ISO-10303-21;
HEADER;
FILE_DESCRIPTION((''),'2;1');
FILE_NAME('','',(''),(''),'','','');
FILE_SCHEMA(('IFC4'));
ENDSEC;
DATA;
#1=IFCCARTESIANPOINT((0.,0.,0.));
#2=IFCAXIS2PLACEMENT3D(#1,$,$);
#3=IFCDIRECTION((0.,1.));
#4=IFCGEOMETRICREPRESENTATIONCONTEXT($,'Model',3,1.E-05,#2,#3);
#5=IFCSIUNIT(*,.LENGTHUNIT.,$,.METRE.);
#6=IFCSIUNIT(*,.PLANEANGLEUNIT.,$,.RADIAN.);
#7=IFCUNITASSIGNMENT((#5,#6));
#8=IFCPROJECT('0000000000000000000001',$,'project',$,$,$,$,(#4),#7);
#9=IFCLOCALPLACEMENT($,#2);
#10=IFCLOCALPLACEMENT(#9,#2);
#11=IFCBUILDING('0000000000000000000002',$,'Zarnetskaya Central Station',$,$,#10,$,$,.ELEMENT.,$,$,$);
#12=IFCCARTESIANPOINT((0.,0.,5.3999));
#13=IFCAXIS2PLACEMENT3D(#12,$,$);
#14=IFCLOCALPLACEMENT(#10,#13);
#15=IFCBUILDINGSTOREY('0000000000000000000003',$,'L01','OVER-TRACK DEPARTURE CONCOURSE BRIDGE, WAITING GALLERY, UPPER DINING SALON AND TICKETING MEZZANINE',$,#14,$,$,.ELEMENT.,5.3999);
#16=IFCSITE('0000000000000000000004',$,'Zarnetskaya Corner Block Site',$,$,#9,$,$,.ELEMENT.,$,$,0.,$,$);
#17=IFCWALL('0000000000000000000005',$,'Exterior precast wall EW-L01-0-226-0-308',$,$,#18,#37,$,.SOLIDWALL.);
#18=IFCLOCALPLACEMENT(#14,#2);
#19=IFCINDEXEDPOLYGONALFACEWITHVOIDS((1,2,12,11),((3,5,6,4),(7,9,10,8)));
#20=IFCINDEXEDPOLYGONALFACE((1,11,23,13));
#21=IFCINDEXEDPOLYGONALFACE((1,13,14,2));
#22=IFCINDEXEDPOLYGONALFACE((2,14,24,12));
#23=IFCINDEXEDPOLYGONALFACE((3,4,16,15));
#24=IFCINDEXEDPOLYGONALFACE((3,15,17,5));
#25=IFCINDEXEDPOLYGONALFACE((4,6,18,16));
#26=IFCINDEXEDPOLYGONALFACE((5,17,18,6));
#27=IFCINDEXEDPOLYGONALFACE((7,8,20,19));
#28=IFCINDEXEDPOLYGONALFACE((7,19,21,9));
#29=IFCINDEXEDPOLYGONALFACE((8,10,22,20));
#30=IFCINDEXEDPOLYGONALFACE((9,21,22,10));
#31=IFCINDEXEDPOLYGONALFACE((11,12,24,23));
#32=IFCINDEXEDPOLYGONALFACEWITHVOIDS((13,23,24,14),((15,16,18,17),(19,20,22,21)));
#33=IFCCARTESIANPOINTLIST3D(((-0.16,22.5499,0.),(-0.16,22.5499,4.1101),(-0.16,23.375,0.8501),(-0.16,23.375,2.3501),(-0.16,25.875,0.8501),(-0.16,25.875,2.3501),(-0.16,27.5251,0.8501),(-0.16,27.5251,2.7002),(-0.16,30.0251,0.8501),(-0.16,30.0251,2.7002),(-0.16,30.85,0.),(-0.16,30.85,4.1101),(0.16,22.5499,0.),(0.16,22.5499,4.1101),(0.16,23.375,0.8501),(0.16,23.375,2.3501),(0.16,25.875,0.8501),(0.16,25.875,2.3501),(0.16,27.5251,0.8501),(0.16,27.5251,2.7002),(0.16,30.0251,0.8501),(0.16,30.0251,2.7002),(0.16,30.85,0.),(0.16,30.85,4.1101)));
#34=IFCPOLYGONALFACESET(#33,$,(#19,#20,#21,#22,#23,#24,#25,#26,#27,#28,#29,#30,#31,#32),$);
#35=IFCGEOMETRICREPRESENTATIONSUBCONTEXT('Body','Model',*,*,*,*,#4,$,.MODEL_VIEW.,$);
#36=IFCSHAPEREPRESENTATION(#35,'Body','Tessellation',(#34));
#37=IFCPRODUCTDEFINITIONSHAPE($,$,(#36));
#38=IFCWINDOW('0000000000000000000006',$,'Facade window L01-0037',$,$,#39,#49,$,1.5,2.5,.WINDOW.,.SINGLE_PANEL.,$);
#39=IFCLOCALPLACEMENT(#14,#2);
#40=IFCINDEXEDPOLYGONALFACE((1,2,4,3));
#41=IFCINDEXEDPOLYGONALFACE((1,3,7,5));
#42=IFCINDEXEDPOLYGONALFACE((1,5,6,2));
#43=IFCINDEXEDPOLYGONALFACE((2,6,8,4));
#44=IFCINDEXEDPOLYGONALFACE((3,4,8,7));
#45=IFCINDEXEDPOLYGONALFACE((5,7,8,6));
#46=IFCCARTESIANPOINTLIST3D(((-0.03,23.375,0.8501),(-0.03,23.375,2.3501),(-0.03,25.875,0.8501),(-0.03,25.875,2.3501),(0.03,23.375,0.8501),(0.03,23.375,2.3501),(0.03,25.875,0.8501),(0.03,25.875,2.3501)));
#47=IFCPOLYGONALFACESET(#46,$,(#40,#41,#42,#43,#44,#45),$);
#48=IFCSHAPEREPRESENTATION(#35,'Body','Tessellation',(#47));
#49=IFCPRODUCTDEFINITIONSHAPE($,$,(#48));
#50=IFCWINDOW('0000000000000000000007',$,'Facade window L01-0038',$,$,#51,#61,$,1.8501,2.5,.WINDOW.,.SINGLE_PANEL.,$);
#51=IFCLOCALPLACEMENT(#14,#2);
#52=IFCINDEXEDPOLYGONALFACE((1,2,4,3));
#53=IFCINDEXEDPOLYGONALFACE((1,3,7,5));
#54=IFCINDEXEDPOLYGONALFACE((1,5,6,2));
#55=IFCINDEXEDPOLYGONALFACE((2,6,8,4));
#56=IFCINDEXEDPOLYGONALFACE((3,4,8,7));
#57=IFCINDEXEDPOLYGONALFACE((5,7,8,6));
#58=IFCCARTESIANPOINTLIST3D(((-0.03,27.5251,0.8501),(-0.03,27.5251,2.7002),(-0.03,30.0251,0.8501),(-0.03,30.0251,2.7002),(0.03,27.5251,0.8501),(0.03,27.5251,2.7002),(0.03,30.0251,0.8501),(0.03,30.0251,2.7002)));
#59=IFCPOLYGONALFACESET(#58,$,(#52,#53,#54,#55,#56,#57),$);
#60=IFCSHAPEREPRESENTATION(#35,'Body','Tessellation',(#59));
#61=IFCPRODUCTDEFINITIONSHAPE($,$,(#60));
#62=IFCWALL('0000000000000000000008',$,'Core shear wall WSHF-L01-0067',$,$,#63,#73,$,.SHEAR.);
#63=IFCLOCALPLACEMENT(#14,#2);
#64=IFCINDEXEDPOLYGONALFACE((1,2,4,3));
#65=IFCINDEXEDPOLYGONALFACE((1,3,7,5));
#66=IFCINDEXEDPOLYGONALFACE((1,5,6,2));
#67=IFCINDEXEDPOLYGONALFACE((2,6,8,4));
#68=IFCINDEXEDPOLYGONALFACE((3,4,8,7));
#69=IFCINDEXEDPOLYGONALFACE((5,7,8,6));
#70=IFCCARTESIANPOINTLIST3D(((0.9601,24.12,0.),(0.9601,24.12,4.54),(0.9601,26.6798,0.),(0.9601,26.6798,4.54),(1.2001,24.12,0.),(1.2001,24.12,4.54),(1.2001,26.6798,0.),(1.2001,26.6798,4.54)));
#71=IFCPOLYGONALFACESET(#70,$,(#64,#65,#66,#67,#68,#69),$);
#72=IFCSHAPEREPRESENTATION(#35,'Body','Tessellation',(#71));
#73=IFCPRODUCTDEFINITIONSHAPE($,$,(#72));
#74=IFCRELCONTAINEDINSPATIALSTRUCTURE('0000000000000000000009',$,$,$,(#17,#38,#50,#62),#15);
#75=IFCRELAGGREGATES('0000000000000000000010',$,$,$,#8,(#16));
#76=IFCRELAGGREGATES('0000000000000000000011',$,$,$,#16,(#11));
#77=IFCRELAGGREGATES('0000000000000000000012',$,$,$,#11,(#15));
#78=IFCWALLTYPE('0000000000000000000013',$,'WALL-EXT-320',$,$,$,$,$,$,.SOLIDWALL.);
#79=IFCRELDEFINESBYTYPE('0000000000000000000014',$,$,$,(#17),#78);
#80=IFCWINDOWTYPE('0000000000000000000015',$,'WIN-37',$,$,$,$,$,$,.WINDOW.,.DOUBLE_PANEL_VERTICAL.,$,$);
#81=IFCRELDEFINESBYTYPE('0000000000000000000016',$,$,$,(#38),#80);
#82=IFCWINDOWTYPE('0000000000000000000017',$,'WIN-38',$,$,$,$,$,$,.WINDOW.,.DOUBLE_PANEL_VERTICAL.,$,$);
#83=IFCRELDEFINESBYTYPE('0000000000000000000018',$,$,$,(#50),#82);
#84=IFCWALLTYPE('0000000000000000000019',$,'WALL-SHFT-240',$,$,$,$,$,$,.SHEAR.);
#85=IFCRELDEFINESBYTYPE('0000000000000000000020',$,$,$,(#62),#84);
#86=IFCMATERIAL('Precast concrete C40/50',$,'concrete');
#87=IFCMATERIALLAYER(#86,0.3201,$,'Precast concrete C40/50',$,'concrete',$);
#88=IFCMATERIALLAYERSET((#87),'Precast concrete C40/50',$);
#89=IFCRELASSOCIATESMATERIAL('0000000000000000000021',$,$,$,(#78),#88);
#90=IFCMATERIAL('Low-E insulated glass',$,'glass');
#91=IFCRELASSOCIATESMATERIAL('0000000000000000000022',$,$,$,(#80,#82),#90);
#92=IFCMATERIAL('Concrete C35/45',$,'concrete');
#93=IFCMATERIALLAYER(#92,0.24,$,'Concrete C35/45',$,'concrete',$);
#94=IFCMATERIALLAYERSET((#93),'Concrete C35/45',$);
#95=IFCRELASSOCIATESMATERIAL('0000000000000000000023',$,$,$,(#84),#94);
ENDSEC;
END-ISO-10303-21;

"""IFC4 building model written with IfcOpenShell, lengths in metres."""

from ifc_helpers import new_model, si_unit, direction, frame, frame_2d, origin, place, context, subcontext, project, spatial, rectangle, extrude, material, layer, layer_set, type_object, element, fill, save


model = new_model("IFC4")

# Units and contexts
model_context = context("Model", 3, precision=1e-05, world=origin(), true_north=direction((0.0, 1.0)))
body_context = subcontext(model_context, "Body", "Model", "MODEL_VIEW")
ifc_project = project(units=[si_unit("LENGTHUNIT", "METRE"), si_unit("PLANEANGLEUNIT", "RADIAN")], contexts=[model_context])

# Site, building, storey
site_placement = place(None, origin())
site = spatial("IfcSite", under=ifc_project, at=site_placement, Name="Zarnetskaya Corner Block Site", CompositionType="ELEMENT", RefElevation=0.0)
building_placement = place(site_placement, origin())
building = spatial("IfcBuilding", under=site, at=building_placement, Name="Zarnetskaya Central Station", CompositionType="ELEMENT")
storey_placement = place(building_placement, frame((0.0, 0.0, 5.3999)))
storey = spatial("IfcBuildingStorey", under=building, at=storey_placement, Name="L01", Description="OVER-TRACK DEPARTURE CONCOURSE BRIDGE, WAITING GALLERY, UPPER DINING SALON AND TICKETING MEZZANINE", CompositionType="ELEMENT", Elevation=5.3999)

# Shared definitions
ifc_material_1 = material(Name="Low-E insulated glass", Category="glass")

# Wall, openings, windows
ifc_material_2 = material(Name="Precast concrete C40/50", Category="concrete")
ifc_layer_1 = layer(ifc_material_2, 0.3201, Name="Precast concrete C40/50", Category="concrete")
ifc_layer_set_1 = layer_set([ifc_layer_1], Name="Precast concrete C40/50")
wall_type_1 = type_object("IfcWallType", Name="WALL-EXT-320", PredefinedType="SOLIDWALL", material=ifc_layer_set_1)
wall_1_placement = place(storey_placement, frame((0.0, 22.55, 0.0), z_axis=(0.0, 0.0, 1.0), x_axis=(0.0, 1.0, 0.0)))
wall_1 = element("IfcWall", 1, at=wall_1_placement, inside=storey, type_object=wall_type_1, Name="Exterior precast wall EW-L01-0-226-0-308", PredefinedType="SOLIDWALL", context=body_context, shape_type="SweptSolid", body=[
    extrude(rectangle(XDim=8.3, YDim=0.3201, at=frame_2d((4.1499, 0.0))), origin(), (0.0, 0.0, 1.0), 4.1101),
])
opening_1_placement = place(wall_1_placement, frame((0.825, 0.0, 0.8501)))
opening_1 = element("IfcOpeningElement", 2, at=opening_1_placement, cuts=wall_1, PredefinedType="OPENING", context=body_context, shape_type="SweptSolid", body=[
    extrude(rectangle(XDim=2.5, YDim=1.5, at=frame_2d((1.25, 0.75))), frame((0.0, 0.1699, 0.0), z_axis=(0.0, -1.0, 0.0), x_axis=(1.0, 0.0, 0.0)), (0.0, 0.0, 1.0), 0.3401),
])
opening_2_placement = place(wall_1_placement, frame((4.9751, 0.0, 0.8501)))
opening_2 = element("IfcOpeningElement", 3, at=opening_2_placement, cuts=wall_1, PredefinedType="OPENING", context=body_context, shape_type="SweptSolid", body=[
    extrude(rectangle(XDim=2.5, YDim=1.8501, at=frame_2d((1.25, 0.925))), frame((0.0, 0.1699, 0.0), z_axis=(0.0, -1.0, 0.0), x_axis=(1.0, 0.0, 0.0)), (0.0, 0.0, 1.0), 0.3401),
])
window_type_1 = type_object("IfcWindowType", Name="WIN-37", PartitioningType="DOUBLE_PANEL_VERTICAL", PredefinedType="WINDOW", material=ifc_material_1)
window_1_placement = place(opening_1_placement, origin())
window_1 = element("IfcWindow", 4, at=window_1_placement, inside=storey, type_object=window_type_1, Name="Facade window L01-0037", OverallHeight=1.5, OverallWidth=2.5, PartitioningType="SINGLE_PANEL", PredefinedType="WINDOW", context=body_context, shape_type="SweptSolid", body=[
    extrude(rectangle(XDim=2.5, YDim=1.5, at=frame_2d((1.25, 0.75))), frame((0.0, 0.03, 0.0), z_axis=(0.0, -1.0, 0.0), x_axis=(1.0, 0.0, 0.0)), (0.0, 0.0, 1.0), 0.0601),
])
fill(opening_1, window_1)
window_type_2 = type_object("IfcWindowType", Name="WIN-38", PartitioningType="DOUBLE_PANEL_VERTICAL", PredefinedType="WINDOW", material=ifc_material_1)
window_2_placement = place(opening_2_placement, origin())
window_2 = element("IfcWindow", 5, at=window_2_placement, inside=storey, type_object=window_type_2, Name="Facade window L01-0038", OverallHeight=1.8501, OverallWidth=2.5, PartitioningType="SINGLE_PANEL", PredefinedType="WINDOW", context=body_context, shape_type="SweptSolid", body=[
    extrude(rectangle(XDim=2.5, YDim=1.8501, at=frame_2d((1.25, 0.925))), frame((0.0, 0.03, 0.0), z_axis=(0.0, -1.0, 0.0), x_axis=(1.0, 0.0, 0.0)), (0.0, 0.0, 1.0), 0.0601),
])
fill(opening_2, window_2)

# Wall
ifc_material_3 = material(Name="Concrete C35/45", Category="concrete")
ifc_layer_2 = layer(ifc_material_3, 0.24, Name="Concrete C35/45", Category="concrete")
ifc_layer_set_2 = layer_set([ifc_layer_2], Name="Concrete C35/45")
wall_type_2 = type_object("IfcWallType", Name="WALL-SHFT-240", PredefinedType="SHEAR", material=ifc_layer_set_2)
wall_2_placement = place(storey_placement, frame((1.0801, 24.1201, 0.0), z_axis=(0.0, 0.0, 1.0), x_axis=(0.0, 1.0, 0.0)))
element("IfcWall", 6, at=wall_2_placement, inside=storey, type_object=wall_type_2, Name="Core shear wall WSHF-L01-0067", PredefinedType="SHEAR", context=body_context, shape_type="SweptSolid", body=[
    extrude(rectangle(XDim=2.5598, YDim=0.24, at=frame_2d((1.2798, 0.0))), origin(), (0.0, 0.0, 1.0), 4.54),
])

save(model, "model.ifc")
